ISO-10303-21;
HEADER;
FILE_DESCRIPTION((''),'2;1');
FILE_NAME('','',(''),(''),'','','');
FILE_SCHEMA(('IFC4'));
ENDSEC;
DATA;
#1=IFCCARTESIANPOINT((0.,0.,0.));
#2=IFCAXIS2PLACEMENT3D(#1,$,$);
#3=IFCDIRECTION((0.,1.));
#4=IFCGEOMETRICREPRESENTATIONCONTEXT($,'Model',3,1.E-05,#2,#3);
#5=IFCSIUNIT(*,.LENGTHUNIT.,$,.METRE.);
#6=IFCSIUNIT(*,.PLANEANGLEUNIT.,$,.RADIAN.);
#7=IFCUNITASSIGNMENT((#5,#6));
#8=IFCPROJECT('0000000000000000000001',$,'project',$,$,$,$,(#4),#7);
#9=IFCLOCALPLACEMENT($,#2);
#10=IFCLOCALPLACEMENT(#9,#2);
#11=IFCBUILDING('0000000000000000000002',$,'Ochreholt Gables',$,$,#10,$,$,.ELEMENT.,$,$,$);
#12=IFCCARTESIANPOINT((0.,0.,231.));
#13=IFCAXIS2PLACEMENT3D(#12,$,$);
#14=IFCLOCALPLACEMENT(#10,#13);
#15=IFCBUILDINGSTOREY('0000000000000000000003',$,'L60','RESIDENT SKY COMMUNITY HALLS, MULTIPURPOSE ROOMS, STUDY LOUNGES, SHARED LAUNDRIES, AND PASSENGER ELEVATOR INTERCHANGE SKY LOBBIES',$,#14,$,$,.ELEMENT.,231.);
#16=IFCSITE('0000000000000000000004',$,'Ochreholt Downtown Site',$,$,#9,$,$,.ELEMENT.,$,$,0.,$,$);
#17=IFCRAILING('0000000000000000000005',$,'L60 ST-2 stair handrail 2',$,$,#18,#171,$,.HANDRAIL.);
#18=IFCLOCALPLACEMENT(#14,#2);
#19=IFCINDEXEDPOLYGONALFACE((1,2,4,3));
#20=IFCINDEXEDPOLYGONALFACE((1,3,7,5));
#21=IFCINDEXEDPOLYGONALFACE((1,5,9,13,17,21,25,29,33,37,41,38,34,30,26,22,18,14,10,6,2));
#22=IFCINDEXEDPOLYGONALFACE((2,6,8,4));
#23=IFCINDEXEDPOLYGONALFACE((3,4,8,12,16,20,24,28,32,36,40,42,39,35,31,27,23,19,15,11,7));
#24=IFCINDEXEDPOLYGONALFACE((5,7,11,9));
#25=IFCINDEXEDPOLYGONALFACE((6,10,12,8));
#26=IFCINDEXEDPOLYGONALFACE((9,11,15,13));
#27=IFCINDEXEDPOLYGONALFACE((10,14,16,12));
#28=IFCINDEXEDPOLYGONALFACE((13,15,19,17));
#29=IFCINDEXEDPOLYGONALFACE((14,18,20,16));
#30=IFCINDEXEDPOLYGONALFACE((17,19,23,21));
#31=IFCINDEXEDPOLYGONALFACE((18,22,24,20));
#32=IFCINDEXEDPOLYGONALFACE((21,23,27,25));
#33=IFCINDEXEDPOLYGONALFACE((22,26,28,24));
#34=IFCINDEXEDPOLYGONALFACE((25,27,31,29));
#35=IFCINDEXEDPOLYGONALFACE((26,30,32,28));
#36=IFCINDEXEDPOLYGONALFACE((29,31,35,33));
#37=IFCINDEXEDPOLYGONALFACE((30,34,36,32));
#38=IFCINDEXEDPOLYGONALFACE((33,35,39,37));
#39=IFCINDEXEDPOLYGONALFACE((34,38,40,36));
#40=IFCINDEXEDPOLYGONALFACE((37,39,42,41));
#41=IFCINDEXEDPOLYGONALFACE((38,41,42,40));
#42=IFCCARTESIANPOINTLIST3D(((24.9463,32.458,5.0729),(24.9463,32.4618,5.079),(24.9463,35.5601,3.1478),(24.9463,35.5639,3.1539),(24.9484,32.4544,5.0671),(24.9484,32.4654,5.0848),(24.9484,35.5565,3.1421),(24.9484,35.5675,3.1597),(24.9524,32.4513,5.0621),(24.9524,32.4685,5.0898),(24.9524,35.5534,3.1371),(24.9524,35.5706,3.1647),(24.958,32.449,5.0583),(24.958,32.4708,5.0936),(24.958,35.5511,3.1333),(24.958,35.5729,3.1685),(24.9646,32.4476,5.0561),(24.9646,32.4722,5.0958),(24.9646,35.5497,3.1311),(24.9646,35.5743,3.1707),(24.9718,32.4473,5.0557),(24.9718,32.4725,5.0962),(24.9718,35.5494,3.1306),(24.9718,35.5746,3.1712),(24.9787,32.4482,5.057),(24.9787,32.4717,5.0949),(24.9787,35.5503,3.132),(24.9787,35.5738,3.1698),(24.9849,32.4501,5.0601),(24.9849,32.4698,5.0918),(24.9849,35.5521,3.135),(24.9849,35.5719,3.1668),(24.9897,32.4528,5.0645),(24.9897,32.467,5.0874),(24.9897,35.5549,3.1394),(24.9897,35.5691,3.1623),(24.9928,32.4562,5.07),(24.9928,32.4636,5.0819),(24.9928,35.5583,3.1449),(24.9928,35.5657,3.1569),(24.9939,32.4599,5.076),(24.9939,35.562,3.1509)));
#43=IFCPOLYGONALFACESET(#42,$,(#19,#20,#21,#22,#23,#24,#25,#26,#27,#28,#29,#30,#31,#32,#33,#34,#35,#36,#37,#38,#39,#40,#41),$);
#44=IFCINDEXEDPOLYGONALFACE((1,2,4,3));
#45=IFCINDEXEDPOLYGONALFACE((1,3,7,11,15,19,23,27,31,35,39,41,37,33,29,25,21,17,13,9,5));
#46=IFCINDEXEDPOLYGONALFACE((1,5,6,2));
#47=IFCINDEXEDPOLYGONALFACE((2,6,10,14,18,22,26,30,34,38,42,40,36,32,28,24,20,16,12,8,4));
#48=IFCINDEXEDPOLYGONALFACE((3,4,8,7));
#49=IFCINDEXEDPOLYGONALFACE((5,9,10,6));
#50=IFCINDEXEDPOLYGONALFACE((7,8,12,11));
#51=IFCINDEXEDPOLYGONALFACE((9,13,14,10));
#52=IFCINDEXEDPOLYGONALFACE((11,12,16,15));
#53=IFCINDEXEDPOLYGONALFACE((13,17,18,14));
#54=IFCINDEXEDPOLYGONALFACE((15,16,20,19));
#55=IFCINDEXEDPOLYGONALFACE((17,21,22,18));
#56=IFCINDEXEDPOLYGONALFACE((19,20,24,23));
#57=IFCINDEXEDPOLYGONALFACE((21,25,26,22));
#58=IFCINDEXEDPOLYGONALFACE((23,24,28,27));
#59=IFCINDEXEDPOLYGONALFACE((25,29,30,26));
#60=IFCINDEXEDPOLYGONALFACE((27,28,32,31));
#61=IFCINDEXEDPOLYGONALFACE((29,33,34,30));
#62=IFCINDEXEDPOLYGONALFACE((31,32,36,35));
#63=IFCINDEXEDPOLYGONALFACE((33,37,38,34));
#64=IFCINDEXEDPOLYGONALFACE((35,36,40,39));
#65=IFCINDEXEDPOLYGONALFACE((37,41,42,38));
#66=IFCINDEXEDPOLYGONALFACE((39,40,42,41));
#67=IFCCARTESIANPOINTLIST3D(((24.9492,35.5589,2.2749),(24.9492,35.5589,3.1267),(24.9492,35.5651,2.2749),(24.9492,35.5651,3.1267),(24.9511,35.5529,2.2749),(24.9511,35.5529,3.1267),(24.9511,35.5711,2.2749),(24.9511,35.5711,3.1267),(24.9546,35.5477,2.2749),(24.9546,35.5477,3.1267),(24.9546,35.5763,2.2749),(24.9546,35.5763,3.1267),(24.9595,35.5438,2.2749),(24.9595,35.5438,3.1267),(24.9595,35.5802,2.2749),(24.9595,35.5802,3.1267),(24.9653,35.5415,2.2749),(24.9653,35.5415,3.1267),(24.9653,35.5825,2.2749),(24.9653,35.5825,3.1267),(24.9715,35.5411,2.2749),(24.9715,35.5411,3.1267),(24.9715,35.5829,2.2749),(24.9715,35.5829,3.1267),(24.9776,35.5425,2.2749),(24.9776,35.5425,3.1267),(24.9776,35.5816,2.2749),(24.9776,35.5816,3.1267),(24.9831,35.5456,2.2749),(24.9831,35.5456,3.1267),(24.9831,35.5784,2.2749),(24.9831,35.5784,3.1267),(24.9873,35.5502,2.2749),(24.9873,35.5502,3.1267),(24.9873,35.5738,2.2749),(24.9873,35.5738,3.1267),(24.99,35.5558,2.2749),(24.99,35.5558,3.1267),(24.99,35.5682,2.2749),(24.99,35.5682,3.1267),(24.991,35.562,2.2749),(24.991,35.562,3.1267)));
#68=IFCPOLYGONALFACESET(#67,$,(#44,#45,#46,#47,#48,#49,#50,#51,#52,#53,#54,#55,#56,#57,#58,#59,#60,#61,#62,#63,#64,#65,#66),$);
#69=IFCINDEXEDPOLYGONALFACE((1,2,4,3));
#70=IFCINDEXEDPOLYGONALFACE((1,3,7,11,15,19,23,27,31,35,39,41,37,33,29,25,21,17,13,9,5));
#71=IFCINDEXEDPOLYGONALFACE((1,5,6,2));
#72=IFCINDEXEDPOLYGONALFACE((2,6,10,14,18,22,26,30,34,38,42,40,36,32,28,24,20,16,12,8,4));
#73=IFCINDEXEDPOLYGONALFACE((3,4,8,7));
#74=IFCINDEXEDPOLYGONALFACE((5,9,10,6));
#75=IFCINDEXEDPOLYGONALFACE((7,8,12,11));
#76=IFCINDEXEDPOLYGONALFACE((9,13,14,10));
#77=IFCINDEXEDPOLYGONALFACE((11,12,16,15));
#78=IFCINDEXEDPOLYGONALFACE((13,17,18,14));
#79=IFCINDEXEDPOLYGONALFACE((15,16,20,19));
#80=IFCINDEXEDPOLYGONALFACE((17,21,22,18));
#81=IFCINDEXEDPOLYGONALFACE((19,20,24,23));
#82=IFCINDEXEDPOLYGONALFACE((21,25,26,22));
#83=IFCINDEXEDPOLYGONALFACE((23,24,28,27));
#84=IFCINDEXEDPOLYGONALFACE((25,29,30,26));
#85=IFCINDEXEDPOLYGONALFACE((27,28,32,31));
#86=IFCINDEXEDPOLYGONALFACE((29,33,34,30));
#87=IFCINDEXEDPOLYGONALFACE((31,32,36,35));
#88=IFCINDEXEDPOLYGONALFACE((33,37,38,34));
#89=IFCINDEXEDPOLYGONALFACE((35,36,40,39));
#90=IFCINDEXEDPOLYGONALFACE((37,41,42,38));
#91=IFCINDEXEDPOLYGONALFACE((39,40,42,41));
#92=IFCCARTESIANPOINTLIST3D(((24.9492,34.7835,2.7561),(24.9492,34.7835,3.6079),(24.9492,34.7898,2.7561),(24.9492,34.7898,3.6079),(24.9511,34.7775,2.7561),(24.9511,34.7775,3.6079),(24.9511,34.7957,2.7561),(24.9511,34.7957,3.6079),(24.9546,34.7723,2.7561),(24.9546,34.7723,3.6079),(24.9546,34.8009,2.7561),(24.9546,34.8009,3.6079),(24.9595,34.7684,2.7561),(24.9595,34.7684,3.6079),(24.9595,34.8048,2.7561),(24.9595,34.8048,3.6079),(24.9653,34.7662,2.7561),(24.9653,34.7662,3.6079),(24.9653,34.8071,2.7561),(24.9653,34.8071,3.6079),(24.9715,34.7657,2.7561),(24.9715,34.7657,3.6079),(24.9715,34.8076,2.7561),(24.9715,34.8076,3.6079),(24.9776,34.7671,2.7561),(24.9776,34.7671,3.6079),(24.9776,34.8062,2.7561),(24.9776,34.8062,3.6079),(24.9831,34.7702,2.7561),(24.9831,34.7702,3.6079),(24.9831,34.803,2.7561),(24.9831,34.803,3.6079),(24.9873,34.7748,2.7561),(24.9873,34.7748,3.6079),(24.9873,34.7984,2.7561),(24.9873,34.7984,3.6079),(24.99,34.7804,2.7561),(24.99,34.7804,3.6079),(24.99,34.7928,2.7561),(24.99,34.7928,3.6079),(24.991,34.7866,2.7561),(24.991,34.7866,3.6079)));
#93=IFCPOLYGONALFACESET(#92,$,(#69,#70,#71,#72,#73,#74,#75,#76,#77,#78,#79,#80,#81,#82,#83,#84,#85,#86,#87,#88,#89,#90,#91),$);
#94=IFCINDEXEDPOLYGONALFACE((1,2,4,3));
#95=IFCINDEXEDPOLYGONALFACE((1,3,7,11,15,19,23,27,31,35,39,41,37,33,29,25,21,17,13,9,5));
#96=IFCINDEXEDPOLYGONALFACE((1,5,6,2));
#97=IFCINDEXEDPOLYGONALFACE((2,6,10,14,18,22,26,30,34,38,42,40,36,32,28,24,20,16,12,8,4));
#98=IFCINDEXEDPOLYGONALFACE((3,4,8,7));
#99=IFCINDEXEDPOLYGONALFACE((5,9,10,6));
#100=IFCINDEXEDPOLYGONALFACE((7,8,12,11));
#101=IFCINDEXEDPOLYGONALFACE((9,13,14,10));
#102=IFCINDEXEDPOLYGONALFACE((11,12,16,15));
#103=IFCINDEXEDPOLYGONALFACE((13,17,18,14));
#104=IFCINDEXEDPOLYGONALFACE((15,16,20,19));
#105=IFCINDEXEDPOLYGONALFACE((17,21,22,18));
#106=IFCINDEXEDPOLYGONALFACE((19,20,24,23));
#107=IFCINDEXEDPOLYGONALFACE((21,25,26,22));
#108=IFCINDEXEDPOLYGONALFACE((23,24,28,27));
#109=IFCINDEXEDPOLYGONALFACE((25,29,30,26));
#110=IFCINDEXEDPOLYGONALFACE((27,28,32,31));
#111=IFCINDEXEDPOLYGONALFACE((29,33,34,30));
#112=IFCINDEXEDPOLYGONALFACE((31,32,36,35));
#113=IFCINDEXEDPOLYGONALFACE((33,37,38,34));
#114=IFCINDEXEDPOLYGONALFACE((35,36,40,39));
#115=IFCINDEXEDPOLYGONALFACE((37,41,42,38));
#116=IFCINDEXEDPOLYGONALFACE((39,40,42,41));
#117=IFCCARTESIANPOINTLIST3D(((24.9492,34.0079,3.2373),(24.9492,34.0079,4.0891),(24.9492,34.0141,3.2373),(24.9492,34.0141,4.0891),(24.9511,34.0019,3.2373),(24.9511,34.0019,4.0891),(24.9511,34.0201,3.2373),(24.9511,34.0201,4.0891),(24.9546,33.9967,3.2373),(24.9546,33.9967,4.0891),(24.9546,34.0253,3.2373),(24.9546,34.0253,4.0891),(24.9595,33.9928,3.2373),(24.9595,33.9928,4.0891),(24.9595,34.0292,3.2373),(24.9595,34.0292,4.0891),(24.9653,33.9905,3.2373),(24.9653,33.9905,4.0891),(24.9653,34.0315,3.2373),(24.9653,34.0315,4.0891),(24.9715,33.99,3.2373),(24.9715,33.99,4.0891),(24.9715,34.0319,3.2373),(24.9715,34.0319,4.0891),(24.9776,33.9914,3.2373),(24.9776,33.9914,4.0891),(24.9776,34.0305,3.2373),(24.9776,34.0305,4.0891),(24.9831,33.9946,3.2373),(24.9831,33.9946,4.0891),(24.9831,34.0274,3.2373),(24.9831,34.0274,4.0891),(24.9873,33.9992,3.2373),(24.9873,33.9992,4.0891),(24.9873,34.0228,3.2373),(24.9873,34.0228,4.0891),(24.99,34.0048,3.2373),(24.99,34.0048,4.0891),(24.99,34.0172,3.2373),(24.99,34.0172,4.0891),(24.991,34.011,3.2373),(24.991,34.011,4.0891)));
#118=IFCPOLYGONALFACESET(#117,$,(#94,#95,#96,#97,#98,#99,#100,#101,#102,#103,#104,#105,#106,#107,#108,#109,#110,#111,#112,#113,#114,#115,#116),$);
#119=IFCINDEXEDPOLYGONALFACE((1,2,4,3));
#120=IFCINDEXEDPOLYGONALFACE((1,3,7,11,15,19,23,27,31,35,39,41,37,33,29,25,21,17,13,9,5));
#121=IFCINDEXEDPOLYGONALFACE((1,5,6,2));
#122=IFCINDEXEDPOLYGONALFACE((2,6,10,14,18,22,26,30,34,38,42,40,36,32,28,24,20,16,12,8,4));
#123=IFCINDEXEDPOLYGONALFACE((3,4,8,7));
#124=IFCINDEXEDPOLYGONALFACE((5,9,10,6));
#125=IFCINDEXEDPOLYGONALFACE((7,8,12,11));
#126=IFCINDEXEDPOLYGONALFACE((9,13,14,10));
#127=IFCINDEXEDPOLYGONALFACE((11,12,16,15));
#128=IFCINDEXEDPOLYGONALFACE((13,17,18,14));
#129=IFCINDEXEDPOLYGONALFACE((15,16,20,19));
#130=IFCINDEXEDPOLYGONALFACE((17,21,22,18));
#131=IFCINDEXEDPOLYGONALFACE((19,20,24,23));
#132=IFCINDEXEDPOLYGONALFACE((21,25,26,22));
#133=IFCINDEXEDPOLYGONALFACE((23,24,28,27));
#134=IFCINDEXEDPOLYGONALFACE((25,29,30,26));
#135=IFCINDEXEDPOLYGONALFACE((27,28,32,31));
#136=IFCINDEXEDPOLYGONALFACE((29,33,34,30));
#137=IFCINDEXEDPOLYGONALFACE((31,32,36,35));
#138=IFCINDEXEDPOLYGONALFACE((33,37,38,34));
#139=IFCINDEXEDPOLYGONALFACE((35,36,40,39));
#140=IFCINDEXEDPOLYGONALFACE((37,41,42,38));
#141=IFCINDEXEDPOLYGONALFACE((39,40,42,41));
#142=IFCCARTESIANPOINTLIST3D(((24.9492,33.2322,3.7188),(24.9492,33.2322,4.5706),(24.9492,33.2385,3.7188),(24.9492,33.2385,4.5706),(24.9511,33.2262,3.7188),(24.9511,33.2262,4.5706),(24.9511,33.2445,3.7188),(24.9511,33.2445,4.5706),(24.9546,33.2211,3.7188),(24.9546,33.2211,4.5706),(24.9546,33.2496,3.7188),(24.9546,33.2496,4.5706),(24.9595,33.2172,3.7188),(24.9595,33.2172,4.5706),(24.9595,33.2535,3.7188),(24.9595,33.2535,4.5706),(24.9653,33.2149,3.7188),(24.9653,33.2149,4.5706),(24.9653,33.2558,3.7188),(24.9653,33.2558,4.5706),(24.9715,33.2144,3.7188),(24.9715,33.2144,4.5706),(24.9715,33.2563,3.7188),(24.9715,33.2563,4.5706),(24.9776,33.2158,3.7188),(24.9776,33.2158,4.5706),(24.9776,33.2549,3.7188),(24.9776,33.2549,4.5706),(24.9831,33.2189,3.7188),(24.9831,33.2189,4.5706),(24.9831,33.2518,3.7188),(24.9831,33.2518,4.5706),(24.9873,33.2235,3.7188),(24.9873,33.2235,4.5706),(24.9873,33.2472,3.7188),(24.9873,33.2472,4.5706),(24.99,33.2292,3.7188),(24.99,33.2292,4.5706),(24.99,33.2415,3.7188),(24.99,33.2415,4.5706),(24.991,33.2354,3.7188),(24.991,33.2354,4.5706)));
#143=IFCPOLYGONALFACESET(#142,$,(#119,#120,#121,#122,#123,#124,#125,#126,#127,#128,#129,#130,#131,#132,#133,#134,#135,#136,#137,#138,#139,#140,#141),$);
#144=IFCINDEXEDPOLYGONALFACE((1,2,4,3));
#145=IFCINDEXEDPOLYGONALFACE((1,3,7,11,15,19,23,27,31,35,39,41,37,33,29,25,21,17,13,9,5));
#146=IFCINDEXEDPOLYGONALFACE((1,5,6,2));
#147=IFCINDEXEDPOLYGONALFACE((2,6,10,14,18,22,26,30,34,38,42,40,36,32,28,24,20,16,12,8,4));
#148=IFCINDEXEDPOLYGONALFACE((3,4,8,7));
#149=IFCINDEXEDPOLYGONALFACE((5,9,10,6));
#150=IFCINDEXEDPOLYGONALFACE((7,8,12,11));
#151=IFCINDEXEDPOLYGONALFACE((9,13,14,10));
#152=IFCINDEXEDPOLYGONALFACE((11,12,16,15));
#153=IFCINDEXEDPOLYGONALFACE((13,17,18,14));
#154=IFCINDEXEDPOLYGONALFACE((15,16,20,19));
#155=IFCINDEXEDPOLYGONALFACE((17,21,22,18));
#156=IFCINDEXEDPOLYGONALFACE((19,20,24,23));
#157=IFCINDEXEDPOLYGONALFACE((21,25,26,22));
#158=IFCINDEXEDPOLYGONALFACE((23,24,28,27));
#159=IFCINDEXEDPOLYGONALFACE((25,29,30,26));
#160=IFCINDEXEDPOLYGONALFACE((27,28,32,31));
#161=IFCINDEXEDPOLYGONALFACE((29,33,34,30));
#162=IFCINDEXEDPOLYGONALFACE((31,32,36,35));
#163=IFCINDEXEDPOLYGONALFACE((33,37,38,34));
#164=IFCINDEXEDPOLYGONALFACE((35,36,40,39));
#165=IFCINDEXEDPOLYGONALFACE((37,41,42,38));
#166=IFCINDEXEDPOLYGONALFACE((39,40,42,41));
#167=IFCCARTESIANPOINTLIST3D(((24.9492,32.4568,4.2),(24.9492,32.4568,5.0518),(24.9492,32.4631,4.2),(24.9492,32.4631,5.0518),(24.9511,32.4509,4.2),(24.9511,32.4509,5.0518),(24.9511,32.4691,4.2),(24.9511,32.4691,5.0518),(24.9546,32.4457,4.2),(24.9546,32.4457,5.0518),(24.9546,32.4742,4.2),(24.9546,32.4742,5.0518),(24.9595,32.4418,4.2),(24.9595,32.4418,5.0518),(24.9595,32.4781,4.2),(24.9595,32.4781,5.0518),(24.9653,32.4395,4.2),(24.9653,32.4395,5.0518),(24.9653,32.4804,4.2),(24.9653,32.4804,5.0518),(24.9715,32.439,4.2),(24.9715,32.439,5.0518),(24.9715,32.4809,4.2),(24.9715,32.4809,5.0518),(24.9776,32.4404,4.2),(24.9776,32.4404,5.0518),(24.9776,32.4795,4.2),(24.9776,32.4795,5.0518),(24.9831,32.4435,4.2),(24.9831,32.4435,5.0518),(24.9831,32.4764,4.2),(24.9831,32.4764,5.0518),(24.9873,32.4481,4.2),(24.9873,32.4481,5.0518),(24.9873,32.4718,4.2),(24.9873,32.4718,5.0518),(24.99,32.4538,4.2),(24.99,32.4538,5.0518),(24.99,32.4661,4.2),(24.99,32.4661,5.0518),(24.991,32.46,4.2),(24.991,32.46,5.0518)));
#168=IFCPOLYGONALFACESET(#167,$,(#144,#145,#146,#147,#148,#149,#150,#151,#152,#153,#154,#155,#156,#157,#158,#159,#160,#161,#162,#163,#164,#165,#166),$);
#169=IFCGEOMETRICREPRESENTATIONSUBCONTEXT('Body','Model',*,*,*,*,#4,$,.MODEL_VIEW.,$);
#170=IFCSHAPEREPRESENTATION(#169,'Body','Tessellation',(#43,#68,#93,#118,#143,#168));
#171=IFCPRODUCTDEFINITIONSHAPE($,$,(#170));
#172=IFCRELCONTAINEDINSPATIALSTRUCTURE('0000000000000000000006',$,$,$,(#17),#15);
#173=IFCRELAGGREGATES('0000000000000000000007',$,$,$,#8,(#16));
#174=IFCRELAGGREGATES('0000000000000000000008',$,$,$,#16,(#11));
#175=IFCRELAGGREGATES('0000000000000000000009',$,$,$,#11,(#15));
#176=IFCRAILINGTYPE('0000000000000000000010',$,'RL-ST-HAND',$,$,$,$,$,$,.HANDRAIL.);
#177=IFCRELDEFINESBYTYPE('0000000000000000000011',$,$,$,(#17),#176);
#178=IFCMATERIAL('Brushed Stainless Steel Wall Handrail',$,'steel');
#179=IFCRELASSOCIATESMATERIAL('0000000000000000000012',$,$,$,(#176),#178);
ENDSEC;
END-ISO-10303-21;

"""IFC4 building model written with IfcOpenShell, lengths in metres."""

from ifc_helpers import new_model, si_unit, direction, frame, origin, origin_2d, place, context, subcontext, project, spatial, circle, extrude, material, type_object, element, save


model = new_model("IFC4")

# Units and contexts
model_context = context("Model", 3, precision=1e-05, world=origin(), true_north=direction((0.0, 1.0)))
body_context = subcontext(model_context, "Body", "Model", "MODEL_VIEW")
ifc_project = project(units=[si_unit("LENGTHUNIT", "METRE"), si_unit("PLANEANGLEUNIT", "RADIAN")], contexts=[model_context])

# Site, building, storey
site_placement = place(None, origin())
site = spatial("IfcSite", under=ifc_project, at=site_placement, Name="Ochreholt Downtown Site", CompositionType="ELEMENT", RefElevation=0.0)
building_placement = place(site_placement, origin())
building = spatial("IfcBuilding", under=site, at=building_placement, Name="Ochreholt Gables", CompositionType="ELEMENT")
storey_placement = place(building_placement, frame((0.0, 0.0, 231.0)))
storey = spatial("IfcBuildingStorey", under=building, at=storey_placement, Name="L60", Description="RESIDENT SKY COMMUNITY HALLS, MULTIPURPOSE ROOMS, STUDY LOUNGES, SHARED LAUNDRIES, AND PASSENGER ELEVATOR INTERCHANGE SKY LOBBIES", CompositionType="ELEMENT", Elevation=231.0)

# Railing
ifc_material_1 = material(Name="Brushed Stainless Steel Wall Handrail", Category="steel")
railing_type_1 = type_object("IfcRailingType", Name="RL-ST-HAND", PredefinedType="HANDRAIL", material=ifc_material_1)
railing_1_placement = place(storey_placement, frame((24.97, 35.562, 2.2749)))
element("IfcRailing", 1, at=railing_1_placement, inside=storey, type_object=railing_type_1, Name="L60 ST-2 stair handrail 2", PredefinedType="HANDRAIL", context=body_context, shape_type="SweptSolid", body=[
    extrude(circle(Radius=0.0239, at=origin_2d()), frame((0.0, 0.0, 0.876), z_axis=(0.0, -0.849685, 0.527291), x_axis=(1.0, 0.0, 0.0)), (0.0, 0.0, 1.0), 3.6509),
    extrude(circle(Radius=0.021, at=origin_2d()), origin(), (0.0, 0.0, 1.0), 0.8518),
    extrude(circle(Radius=0.021, at=origin_2d()), frame((0.0, -0.7754, 0.4812)), (0.0, 0.0, 1.0), 0.8518),
    extrude(circle(Radius=0.021, at=origin_2d()), frame((0.0, -1.551, 0.9624)), (0.0, 0.0, 1.0), 0.8518),
    extrude(circle(Radius=0.021, at=origin_2d()), frame((0.0, -2.3267, 1.4438)), (0.0, 0.0, 1.0), 0.8518),
    extrude(circle(Radius=0.021, at=origin_2d()), frame((0.0, -3.1021, 1.925)), (0.0, 0.0, 1.0), 0.8518),
])

save(model, "model.ifc")
